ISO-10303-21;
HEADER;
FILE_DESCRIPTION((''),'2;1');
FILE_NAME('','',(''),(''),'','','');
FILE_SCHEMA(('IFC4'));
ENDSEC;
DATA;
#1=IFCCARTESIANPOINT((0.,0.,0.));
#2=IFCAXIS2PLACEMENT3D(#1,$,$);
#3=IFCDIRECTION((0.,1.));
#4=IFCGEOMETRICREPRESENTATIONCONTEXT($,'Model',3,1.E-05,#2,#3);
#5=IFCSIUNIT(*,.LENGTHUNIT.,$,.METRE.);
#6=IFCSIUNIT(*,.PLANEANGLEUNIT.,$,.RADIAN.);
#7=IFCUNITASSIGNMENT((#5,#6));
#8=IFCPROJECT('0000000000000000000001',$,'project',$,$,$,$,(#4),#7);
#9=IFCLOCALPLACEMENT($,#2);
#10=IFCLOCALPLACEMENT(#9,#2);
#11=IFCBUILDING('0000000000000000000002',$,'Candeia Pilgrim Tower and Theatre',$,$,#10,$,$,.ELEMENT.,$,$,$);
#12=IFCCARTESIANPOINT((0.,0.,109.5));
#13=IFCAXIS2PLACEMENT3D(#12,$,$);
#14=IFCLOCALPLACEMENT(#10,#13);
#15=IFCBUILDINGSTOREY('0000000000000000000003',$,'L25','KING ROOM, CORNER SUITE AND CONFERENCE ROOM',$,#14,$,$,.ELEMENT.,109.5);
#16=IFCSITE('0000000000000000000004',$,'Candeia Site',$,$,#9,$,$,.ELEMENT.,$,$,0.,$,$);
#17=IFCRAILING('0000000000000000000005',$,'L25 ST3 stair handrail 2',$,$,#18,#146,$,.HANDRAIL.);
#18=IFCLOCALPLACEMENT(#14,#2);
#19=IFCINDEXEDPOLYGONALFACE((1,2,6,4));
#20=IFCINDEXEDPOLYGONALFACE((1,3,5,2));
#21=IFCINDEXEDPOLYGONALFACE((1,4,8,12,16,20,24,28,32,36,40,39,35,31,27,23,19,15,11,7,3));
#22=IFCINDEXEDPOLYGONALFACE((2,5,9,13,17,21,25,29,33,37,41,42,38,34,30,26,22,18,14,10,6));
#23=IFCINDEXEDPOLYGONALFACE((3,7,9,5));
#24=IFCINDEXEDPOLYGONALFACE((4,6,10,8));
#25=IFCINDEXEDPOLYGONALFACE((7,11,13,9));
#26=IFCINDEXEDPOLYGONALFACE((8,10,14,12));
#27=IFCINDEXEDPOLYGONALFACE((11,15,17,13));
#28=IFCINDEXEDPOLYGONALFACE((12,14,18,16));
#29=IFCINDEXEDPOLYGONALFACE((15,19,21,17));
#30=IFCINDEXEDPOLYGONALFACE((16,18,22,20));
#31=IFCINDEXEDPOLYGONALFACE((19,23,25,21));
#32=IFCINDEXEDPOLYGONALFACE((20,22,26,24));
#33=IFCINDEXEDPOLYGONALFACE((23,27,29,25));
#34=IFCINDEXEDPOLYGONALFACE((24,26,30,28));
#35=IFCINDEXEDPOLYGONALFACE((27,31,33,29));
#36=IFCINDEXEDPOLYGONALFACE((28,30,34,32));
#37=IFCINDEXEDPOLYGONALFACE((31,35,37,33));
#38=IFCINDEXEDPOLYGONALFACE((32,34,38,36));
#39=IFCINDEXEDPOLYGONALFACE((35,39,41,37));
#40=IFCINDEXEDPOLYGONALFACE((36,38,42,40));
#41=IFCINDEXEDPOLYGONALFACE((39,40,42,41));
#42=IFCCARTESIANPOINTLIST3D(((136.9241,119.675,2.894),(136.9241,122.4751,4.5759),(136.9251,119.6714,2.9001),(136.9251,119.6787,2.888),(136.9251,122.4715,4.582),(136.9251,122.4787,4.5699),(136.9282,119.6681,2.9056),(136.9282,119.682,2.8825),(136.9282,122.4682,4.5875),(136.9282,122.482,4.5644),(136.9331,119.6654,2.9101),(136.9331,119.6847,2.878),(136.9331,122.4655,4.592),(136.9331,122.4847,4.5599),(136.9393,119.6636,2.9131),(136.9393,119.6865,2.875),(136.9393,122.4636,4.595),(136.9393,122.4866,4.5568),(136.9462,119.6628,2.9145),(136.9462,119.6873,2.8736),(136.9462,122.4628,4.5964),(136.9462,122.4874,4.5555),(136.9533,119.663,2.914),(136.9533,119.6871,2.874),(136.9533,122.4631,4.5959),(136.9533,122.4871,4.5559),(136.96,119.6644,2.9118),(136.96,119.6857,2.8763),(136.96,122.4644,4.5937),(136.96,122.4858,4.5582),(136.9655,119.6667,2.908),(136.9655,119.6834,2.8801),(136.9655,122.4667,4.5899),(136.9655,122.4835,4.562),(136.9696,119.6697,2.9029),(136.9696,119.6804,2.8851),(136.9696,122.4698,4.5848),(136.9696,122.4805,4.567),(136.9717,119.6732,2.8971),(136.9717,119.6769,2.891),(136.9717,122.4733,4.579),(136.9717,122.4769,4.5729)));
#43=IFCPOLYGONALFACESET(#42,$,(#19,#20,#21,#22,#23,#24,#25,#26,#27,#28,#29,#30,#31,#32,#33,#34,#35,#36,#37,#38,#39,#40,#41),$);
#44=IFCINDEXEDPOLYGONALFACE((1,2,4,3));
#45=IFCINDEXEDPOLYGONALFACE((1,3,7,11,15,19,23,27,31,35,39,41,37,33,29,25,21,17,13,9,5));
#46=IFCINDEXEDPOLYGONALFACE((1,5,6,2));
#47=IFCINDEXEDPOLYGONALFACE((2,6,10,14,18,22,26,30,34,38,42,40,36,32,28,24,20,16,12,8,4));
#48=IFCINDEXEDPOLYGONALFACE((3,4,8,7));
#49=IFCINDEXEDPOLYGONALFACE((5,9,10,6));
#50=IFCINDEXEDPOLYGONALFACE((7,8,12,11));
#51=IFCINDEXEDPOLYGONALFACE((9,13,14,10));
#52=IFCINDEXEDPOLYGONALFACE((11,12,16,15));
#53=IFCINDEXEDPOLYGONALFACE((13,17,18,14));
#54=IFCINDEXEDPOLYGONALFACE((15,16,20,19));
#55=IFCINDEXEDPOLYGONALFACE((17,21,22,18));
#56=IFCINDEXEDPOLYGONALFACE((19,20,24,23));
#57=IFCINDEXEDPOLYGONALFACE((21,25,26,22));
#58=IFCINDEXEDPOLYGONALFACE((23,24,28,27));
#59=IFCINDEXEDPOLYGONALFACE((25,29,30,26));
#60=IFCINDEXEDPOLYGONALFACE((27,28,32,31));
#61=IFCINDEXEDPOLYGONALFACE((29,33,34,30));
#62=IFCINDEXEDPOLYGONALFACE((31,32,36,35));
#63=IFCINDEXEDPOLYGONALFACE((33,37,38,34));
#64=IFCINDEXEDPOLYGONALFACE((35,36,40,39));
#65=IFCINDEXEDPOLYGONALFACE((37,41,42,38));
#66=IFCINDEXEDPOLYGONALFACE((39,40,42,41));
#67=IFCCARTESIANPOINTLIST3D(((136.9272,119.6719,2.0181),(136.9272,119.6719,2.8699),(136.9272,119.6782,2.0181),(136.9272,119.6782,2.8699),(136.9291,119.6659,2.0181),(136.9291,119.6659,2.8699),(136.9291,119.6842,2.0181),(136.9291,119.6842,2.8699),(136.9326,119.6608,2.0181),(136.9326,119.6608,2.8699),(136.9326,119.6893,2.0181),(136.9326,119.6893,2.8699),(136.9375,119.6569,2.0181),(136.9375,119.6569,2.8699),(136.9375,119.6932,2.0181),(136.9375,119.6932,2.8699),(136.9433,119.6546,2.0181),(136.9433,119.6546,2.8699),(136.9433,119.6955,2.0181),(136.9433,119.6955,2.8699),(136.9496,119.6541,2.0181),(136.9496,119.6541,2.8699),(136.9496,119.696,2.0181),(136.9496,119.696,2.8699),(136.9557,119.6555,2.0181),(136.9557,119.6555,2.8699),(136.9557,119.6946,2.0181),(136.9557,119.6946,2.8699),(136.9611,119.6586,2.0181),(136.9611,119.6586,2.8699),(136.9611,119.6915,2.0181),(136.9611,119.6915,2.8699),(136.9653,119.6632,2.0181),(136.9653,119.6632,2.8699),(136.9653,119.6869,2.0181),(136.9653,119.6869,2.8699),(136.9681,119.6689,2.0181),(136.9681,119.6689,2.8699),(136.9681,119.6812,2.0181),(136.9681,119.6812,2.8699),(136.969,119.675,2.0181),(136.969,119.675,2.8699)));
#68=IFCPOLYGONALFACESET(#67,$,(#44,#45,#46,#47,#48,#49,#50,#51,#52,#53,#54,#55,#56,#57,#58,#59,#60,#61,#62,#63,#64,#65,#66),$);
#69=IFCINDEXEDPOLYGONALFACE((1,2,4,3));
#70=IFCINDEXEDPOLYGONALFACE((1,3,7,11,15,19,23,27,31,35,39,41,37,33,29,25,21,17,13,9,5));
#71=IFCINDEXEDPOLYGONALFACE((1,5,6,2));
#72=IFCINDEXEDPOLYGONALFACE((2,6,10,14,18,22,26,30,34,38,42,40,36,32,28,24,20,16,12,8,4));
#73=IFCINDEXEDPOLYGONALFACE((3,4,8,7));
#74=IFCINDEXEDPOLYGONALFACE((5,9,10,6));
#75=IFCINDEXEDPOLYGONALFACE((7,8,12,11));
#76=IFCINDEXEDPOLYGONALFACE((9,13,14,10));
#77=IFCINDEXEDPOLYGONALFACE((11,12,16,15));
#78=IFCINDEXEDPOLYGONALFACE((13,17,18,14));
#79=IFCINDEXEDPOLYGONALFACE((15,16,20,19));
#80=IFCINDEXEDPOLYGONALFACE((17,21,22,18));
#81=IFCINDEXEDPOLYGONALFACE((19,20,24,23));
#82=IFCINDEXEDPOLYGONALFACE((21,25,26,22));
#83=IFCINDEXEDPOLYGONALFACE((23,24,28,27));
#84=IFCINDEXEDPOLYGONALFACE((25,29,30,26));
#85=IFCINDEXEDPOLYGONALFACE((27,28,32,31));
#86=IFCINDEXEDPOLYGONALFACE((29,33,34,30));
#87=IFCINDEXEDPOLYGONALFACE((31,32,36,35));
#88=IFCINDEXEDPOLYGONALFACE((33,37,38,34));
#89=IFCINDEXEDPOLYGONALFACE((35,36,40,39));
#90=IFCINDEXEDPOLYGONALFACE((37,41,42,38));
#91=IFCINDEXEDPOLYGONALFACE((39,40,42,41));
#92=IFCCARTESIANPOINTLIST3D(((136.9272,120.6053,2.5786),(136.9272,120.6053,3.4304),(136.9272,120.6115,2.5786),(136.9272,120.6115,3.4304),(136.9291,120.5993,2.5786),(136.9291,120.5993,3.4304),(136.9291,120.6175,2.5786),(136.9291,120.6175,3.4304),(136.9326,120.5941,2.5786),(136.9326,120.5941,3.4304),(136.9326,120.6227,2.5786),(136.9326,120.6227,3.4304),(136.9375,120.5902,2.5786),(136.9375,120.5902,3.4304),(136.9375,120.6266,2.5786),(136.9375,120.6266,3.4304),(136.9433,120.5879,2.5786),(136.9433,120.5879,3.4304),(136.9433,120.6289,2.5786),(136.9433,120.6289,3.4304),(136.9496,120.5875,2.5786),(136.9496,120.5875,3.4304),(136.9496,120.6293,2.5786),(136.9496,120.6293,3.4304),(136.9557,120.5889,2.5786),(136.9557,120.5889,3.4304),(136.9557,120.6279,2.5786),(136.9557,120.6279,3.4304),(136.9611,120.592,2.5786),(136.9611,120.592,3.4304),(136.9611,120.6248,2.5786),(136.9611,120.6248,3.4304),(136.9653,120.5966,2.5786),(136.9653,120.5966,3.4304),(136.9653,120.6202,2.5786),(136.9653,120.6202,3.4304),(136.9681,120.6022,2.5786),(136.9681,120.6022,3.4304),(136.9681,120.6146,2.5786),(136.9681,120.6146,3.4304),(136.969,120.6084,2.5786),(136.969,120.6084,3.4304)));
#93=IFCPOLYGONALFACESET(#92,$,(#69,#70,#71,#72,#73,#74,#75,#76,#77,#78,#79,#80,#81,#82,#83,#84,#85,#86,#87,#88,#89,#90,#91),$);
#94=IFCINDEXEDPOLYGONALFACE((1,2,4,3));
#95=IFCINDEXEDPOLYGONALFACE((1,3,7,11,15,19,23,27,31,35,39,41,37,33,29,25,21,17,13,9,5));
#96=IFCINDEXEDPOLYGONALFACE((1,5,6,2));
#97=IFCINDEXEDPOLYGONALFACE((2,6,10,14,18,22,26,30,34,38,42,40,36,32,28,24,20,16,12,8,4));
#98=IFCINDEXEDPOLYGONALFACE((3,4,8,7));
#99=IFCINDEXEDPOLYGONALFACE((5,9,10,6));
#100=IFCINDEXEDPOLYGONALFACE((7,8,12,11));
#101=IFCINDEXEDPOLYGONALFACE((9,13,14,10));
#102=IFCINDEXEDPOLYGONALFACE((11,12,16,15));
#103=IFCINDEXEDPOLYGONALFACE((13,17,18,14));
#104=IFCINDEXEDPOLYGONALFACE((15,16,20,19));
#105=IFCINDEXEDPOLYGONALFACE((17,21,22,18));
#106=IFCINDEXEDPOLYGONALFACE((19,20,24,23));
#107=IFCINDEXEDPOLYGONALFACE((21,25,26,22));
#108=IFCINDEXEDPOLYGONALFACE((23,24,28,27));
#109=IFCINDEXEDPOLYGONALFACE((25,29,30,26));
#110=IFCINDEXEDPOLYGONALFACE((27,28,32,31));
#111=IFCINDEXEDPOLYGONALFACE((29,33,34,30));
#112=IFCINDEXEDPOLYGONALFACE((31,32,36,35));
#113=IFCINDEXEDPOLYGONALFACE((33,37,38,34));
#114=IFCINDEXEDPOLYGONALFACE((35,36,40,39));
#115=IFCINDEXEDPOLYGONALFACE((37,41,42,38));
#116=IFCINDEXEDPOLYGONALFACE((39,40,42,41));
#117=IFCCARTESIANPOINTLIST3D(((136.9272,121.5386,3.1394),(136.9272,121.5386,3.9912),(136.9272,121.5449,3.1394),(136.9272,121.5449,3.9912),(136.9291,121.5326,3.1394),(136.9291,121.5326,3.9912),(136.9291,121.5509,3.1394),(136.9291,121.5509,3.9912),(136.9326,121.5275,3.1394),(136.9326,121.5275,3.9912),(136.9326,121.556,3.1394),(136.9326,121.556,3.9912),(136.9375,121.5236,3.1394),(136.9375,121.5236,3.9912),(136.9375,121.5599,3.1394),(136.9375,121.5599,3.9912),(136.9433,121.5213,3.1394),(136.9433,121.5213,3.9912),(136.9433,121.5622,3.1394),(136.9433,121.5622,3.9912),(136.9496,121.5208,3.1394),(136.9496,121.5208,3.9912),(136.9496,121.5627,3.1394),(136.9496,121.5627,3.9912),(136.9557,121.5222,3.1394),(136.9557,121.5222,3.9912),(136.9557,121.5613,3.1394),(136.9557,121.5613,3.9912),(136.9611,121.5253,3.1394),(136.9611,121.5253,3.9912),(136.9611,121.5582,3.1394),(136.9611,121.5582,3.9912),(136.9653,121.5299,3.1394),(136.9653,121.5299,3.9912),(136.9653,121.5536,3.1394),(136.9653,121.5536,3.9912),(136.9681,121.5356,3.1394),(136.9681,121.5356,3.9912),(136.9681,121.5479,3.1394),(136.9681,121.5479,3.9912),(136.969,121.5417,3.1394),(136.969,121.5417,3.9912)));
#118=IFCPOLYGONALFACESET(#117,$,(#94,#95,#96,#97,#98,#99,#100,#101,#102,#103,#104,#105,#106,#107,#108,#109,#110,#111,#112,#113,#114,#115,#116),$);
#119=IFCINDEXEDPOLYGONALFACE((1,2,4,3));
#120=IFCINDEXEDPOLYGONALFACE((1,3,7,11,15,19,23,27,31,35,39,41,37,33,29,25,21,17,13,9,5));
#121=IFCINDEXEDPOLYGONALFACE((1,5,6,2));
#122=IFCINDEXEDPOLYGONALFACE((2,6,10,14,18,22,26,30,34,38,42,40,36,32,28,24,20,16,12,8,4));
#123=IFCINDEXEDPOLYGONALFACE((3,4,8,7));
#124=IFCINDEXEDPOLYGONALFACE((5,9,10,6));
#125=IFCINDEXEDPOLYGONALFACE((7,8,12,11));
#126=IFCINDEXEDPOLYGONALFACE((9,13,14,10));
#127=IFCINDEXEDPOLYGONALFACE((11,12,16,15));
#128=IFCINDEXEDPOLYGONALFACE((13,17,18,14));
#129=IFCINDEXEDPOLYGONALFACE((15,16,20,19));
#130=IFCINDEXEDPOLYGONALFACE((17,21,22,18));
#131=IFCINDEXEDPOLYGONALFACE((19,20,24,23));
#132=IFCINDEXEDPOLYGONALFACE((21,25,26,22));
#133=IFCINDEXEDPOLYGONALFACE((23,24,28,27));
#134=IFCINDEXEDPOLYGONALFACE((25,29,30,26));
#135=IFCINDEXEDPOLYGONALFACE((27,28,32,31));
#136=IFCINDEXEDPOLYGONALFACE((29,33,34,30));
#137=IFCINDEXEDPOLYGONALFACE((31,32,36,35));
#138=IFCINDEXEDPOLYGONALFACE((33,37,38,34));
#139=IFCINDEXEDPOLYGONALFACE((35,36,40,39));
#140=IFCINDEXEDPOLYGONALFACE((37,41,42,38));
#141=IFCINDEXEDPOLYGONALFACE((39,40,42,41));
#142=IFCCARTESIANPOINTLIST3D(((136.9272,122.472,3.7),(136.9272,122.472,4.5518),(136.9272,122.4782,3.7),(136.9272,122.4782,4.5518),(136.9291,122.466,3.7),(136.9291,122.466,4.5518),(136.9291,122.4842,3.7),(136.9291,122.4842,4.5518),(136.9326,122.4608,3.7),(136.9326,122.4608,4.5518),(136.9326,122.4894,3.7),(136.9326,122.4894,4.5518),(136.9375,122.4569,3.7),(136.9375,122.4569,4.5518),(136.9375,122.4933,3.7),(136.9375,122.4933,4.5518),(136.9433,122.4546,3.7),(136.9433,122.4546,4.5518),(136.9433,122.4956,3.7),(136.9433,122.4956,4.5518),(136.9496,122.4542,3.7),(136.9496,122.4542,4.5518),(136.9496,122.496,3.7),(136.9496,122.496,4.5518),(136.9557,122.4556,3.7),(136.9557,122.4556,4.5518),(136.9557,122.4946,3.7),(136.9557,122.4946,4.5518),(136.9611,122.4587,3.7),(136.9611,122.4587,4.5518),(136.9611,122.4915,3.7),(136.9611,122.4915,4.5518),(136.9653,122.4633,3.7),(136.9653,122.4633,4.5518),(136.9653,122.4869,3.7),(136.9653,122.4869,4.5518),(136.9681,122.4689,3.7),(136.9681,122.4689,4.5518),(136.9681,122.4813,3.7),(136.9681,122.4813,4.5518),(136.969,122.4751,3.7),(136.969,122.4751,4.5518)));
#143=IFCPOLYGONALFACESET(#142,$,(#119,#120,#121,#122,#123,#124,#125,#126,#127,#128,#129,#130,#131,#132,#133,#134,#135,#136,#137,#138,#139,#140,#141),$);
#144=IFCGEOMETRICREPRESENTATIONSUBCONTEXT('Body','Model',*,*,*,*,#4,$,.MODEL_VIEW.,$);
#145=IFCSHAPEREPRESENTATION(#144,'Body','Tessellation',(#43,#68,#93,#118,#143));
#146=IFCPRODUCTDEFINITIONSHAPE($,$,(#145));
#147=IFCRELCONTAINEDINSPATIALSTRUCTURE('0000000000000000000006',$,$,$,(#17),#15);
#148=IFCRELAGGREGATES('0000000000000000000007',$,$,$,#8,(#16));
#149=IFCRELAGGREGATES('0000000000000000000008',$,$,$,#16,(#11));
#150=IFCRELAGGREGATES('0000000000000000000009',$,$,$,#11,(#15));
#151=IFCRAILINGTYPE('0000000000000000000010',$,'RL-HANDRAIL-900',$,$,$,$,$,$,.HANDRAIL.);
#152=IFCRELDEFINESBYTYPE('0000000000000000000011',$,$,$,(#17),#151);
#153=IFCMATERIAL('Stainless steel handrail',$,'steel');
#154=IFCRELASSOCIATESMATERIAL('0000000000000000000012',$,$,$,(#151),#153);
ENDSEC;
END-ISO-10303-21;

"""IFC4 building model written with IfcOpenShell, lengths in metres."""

from ifc_helpers import new_model, si_unit, direction, frame, origin, origin_2d, place, context, subcontext, project, spatial, circle, extrude, material, type_object, element, save


model = new_model("IFC4")

# Units and contexts
model_context = context("Model", 3, precision=1e-05, world=origin(), true_north=direction((0.0, 1.0)))
body_context = subcontext(model_context, "Body", "Model", "MODEL_VIEW")
ifc_project = project(units=[si_unit("LENGTHUNIT", "METRE"), si_unit("PLANEANGLEUNIT", "RADIAN")], contexts=[model_context])

# Site, building, storey
site_placement = place(None, origin())
site = spatial("IfcSite", under=ifc_project, at=site_placement, Name="Candeia Site", CompositionType="ELEMENT", RefElevation=0.0)
building_placement = place(site_placement, origin())
building = spatial("IfcBuilding", under=site, at=building_placement, Name="Candeia Pilgrim Tower and Theatre", CompositionType="ELEMENT")
storey_placement = place(building_placement, frame((0.0, 0.0, 109.5)))
storey = spatial("IfcBuildingStorey", under=building, at=storey_placement, Name="L25", Description="KING ROOM, CORNER SUITE AND CONFERENCE ROOM", CompositionType="ELEMENT", Elevation=109.5)

# Railing
ifc_material_1 = material(Name="Stainless steel handrail", Category="steel")
railing_type_1 = type_object("IfcRailingType", Name="RL-HANDRAIL-900", PredefinedType="HANDRAIL", material=ifc_material_1)
railing_1_placement = place(storey_placement, frame((136.948, 119.675, 2.0181)))
element("IfcRailing", 1, at=railing_1_placement, inside=storey, type_object=railing_type_1, Name="L25 ST3 stair handrail 2", PredefinedType="HANDRAIL", context=body_context, shape_type="SweptSolid", body=[
    extrude(circle(Radius=0.0239, at=origin_2d()), frame((0.0, 0.0, 0.876), z_axis=(0.0, 0.857242, 0.514913), x_axis=(-1.0, 0.0, 0.0)), (0.0, 0.0, 1.0), 3.2664),
    extrude(circle(Radius=0.021, at=origin_2d()), origin(), (0.0, 0.0, 1.0), 0.8518),
    extrude(circle(Radius=0.021, at=origin_2d()), frame((0.0, 0.9333, 0.5605)), (0.0, 0.0, 1.0), 0.8518),
    extrude(circle(Radius=0.021, at=origin_2d()), frame((0.0, 1.8667, 1.1213)), (0.0, 0.0, 1.0), 0.8518),
    extrude(circle(Radius=0.021, at=origin_2d()), frame((0.0, 2.8, 1.6819)), (0.0, 0.0, 1.0), 0.8518),
])

save(model, "model.ifc")
